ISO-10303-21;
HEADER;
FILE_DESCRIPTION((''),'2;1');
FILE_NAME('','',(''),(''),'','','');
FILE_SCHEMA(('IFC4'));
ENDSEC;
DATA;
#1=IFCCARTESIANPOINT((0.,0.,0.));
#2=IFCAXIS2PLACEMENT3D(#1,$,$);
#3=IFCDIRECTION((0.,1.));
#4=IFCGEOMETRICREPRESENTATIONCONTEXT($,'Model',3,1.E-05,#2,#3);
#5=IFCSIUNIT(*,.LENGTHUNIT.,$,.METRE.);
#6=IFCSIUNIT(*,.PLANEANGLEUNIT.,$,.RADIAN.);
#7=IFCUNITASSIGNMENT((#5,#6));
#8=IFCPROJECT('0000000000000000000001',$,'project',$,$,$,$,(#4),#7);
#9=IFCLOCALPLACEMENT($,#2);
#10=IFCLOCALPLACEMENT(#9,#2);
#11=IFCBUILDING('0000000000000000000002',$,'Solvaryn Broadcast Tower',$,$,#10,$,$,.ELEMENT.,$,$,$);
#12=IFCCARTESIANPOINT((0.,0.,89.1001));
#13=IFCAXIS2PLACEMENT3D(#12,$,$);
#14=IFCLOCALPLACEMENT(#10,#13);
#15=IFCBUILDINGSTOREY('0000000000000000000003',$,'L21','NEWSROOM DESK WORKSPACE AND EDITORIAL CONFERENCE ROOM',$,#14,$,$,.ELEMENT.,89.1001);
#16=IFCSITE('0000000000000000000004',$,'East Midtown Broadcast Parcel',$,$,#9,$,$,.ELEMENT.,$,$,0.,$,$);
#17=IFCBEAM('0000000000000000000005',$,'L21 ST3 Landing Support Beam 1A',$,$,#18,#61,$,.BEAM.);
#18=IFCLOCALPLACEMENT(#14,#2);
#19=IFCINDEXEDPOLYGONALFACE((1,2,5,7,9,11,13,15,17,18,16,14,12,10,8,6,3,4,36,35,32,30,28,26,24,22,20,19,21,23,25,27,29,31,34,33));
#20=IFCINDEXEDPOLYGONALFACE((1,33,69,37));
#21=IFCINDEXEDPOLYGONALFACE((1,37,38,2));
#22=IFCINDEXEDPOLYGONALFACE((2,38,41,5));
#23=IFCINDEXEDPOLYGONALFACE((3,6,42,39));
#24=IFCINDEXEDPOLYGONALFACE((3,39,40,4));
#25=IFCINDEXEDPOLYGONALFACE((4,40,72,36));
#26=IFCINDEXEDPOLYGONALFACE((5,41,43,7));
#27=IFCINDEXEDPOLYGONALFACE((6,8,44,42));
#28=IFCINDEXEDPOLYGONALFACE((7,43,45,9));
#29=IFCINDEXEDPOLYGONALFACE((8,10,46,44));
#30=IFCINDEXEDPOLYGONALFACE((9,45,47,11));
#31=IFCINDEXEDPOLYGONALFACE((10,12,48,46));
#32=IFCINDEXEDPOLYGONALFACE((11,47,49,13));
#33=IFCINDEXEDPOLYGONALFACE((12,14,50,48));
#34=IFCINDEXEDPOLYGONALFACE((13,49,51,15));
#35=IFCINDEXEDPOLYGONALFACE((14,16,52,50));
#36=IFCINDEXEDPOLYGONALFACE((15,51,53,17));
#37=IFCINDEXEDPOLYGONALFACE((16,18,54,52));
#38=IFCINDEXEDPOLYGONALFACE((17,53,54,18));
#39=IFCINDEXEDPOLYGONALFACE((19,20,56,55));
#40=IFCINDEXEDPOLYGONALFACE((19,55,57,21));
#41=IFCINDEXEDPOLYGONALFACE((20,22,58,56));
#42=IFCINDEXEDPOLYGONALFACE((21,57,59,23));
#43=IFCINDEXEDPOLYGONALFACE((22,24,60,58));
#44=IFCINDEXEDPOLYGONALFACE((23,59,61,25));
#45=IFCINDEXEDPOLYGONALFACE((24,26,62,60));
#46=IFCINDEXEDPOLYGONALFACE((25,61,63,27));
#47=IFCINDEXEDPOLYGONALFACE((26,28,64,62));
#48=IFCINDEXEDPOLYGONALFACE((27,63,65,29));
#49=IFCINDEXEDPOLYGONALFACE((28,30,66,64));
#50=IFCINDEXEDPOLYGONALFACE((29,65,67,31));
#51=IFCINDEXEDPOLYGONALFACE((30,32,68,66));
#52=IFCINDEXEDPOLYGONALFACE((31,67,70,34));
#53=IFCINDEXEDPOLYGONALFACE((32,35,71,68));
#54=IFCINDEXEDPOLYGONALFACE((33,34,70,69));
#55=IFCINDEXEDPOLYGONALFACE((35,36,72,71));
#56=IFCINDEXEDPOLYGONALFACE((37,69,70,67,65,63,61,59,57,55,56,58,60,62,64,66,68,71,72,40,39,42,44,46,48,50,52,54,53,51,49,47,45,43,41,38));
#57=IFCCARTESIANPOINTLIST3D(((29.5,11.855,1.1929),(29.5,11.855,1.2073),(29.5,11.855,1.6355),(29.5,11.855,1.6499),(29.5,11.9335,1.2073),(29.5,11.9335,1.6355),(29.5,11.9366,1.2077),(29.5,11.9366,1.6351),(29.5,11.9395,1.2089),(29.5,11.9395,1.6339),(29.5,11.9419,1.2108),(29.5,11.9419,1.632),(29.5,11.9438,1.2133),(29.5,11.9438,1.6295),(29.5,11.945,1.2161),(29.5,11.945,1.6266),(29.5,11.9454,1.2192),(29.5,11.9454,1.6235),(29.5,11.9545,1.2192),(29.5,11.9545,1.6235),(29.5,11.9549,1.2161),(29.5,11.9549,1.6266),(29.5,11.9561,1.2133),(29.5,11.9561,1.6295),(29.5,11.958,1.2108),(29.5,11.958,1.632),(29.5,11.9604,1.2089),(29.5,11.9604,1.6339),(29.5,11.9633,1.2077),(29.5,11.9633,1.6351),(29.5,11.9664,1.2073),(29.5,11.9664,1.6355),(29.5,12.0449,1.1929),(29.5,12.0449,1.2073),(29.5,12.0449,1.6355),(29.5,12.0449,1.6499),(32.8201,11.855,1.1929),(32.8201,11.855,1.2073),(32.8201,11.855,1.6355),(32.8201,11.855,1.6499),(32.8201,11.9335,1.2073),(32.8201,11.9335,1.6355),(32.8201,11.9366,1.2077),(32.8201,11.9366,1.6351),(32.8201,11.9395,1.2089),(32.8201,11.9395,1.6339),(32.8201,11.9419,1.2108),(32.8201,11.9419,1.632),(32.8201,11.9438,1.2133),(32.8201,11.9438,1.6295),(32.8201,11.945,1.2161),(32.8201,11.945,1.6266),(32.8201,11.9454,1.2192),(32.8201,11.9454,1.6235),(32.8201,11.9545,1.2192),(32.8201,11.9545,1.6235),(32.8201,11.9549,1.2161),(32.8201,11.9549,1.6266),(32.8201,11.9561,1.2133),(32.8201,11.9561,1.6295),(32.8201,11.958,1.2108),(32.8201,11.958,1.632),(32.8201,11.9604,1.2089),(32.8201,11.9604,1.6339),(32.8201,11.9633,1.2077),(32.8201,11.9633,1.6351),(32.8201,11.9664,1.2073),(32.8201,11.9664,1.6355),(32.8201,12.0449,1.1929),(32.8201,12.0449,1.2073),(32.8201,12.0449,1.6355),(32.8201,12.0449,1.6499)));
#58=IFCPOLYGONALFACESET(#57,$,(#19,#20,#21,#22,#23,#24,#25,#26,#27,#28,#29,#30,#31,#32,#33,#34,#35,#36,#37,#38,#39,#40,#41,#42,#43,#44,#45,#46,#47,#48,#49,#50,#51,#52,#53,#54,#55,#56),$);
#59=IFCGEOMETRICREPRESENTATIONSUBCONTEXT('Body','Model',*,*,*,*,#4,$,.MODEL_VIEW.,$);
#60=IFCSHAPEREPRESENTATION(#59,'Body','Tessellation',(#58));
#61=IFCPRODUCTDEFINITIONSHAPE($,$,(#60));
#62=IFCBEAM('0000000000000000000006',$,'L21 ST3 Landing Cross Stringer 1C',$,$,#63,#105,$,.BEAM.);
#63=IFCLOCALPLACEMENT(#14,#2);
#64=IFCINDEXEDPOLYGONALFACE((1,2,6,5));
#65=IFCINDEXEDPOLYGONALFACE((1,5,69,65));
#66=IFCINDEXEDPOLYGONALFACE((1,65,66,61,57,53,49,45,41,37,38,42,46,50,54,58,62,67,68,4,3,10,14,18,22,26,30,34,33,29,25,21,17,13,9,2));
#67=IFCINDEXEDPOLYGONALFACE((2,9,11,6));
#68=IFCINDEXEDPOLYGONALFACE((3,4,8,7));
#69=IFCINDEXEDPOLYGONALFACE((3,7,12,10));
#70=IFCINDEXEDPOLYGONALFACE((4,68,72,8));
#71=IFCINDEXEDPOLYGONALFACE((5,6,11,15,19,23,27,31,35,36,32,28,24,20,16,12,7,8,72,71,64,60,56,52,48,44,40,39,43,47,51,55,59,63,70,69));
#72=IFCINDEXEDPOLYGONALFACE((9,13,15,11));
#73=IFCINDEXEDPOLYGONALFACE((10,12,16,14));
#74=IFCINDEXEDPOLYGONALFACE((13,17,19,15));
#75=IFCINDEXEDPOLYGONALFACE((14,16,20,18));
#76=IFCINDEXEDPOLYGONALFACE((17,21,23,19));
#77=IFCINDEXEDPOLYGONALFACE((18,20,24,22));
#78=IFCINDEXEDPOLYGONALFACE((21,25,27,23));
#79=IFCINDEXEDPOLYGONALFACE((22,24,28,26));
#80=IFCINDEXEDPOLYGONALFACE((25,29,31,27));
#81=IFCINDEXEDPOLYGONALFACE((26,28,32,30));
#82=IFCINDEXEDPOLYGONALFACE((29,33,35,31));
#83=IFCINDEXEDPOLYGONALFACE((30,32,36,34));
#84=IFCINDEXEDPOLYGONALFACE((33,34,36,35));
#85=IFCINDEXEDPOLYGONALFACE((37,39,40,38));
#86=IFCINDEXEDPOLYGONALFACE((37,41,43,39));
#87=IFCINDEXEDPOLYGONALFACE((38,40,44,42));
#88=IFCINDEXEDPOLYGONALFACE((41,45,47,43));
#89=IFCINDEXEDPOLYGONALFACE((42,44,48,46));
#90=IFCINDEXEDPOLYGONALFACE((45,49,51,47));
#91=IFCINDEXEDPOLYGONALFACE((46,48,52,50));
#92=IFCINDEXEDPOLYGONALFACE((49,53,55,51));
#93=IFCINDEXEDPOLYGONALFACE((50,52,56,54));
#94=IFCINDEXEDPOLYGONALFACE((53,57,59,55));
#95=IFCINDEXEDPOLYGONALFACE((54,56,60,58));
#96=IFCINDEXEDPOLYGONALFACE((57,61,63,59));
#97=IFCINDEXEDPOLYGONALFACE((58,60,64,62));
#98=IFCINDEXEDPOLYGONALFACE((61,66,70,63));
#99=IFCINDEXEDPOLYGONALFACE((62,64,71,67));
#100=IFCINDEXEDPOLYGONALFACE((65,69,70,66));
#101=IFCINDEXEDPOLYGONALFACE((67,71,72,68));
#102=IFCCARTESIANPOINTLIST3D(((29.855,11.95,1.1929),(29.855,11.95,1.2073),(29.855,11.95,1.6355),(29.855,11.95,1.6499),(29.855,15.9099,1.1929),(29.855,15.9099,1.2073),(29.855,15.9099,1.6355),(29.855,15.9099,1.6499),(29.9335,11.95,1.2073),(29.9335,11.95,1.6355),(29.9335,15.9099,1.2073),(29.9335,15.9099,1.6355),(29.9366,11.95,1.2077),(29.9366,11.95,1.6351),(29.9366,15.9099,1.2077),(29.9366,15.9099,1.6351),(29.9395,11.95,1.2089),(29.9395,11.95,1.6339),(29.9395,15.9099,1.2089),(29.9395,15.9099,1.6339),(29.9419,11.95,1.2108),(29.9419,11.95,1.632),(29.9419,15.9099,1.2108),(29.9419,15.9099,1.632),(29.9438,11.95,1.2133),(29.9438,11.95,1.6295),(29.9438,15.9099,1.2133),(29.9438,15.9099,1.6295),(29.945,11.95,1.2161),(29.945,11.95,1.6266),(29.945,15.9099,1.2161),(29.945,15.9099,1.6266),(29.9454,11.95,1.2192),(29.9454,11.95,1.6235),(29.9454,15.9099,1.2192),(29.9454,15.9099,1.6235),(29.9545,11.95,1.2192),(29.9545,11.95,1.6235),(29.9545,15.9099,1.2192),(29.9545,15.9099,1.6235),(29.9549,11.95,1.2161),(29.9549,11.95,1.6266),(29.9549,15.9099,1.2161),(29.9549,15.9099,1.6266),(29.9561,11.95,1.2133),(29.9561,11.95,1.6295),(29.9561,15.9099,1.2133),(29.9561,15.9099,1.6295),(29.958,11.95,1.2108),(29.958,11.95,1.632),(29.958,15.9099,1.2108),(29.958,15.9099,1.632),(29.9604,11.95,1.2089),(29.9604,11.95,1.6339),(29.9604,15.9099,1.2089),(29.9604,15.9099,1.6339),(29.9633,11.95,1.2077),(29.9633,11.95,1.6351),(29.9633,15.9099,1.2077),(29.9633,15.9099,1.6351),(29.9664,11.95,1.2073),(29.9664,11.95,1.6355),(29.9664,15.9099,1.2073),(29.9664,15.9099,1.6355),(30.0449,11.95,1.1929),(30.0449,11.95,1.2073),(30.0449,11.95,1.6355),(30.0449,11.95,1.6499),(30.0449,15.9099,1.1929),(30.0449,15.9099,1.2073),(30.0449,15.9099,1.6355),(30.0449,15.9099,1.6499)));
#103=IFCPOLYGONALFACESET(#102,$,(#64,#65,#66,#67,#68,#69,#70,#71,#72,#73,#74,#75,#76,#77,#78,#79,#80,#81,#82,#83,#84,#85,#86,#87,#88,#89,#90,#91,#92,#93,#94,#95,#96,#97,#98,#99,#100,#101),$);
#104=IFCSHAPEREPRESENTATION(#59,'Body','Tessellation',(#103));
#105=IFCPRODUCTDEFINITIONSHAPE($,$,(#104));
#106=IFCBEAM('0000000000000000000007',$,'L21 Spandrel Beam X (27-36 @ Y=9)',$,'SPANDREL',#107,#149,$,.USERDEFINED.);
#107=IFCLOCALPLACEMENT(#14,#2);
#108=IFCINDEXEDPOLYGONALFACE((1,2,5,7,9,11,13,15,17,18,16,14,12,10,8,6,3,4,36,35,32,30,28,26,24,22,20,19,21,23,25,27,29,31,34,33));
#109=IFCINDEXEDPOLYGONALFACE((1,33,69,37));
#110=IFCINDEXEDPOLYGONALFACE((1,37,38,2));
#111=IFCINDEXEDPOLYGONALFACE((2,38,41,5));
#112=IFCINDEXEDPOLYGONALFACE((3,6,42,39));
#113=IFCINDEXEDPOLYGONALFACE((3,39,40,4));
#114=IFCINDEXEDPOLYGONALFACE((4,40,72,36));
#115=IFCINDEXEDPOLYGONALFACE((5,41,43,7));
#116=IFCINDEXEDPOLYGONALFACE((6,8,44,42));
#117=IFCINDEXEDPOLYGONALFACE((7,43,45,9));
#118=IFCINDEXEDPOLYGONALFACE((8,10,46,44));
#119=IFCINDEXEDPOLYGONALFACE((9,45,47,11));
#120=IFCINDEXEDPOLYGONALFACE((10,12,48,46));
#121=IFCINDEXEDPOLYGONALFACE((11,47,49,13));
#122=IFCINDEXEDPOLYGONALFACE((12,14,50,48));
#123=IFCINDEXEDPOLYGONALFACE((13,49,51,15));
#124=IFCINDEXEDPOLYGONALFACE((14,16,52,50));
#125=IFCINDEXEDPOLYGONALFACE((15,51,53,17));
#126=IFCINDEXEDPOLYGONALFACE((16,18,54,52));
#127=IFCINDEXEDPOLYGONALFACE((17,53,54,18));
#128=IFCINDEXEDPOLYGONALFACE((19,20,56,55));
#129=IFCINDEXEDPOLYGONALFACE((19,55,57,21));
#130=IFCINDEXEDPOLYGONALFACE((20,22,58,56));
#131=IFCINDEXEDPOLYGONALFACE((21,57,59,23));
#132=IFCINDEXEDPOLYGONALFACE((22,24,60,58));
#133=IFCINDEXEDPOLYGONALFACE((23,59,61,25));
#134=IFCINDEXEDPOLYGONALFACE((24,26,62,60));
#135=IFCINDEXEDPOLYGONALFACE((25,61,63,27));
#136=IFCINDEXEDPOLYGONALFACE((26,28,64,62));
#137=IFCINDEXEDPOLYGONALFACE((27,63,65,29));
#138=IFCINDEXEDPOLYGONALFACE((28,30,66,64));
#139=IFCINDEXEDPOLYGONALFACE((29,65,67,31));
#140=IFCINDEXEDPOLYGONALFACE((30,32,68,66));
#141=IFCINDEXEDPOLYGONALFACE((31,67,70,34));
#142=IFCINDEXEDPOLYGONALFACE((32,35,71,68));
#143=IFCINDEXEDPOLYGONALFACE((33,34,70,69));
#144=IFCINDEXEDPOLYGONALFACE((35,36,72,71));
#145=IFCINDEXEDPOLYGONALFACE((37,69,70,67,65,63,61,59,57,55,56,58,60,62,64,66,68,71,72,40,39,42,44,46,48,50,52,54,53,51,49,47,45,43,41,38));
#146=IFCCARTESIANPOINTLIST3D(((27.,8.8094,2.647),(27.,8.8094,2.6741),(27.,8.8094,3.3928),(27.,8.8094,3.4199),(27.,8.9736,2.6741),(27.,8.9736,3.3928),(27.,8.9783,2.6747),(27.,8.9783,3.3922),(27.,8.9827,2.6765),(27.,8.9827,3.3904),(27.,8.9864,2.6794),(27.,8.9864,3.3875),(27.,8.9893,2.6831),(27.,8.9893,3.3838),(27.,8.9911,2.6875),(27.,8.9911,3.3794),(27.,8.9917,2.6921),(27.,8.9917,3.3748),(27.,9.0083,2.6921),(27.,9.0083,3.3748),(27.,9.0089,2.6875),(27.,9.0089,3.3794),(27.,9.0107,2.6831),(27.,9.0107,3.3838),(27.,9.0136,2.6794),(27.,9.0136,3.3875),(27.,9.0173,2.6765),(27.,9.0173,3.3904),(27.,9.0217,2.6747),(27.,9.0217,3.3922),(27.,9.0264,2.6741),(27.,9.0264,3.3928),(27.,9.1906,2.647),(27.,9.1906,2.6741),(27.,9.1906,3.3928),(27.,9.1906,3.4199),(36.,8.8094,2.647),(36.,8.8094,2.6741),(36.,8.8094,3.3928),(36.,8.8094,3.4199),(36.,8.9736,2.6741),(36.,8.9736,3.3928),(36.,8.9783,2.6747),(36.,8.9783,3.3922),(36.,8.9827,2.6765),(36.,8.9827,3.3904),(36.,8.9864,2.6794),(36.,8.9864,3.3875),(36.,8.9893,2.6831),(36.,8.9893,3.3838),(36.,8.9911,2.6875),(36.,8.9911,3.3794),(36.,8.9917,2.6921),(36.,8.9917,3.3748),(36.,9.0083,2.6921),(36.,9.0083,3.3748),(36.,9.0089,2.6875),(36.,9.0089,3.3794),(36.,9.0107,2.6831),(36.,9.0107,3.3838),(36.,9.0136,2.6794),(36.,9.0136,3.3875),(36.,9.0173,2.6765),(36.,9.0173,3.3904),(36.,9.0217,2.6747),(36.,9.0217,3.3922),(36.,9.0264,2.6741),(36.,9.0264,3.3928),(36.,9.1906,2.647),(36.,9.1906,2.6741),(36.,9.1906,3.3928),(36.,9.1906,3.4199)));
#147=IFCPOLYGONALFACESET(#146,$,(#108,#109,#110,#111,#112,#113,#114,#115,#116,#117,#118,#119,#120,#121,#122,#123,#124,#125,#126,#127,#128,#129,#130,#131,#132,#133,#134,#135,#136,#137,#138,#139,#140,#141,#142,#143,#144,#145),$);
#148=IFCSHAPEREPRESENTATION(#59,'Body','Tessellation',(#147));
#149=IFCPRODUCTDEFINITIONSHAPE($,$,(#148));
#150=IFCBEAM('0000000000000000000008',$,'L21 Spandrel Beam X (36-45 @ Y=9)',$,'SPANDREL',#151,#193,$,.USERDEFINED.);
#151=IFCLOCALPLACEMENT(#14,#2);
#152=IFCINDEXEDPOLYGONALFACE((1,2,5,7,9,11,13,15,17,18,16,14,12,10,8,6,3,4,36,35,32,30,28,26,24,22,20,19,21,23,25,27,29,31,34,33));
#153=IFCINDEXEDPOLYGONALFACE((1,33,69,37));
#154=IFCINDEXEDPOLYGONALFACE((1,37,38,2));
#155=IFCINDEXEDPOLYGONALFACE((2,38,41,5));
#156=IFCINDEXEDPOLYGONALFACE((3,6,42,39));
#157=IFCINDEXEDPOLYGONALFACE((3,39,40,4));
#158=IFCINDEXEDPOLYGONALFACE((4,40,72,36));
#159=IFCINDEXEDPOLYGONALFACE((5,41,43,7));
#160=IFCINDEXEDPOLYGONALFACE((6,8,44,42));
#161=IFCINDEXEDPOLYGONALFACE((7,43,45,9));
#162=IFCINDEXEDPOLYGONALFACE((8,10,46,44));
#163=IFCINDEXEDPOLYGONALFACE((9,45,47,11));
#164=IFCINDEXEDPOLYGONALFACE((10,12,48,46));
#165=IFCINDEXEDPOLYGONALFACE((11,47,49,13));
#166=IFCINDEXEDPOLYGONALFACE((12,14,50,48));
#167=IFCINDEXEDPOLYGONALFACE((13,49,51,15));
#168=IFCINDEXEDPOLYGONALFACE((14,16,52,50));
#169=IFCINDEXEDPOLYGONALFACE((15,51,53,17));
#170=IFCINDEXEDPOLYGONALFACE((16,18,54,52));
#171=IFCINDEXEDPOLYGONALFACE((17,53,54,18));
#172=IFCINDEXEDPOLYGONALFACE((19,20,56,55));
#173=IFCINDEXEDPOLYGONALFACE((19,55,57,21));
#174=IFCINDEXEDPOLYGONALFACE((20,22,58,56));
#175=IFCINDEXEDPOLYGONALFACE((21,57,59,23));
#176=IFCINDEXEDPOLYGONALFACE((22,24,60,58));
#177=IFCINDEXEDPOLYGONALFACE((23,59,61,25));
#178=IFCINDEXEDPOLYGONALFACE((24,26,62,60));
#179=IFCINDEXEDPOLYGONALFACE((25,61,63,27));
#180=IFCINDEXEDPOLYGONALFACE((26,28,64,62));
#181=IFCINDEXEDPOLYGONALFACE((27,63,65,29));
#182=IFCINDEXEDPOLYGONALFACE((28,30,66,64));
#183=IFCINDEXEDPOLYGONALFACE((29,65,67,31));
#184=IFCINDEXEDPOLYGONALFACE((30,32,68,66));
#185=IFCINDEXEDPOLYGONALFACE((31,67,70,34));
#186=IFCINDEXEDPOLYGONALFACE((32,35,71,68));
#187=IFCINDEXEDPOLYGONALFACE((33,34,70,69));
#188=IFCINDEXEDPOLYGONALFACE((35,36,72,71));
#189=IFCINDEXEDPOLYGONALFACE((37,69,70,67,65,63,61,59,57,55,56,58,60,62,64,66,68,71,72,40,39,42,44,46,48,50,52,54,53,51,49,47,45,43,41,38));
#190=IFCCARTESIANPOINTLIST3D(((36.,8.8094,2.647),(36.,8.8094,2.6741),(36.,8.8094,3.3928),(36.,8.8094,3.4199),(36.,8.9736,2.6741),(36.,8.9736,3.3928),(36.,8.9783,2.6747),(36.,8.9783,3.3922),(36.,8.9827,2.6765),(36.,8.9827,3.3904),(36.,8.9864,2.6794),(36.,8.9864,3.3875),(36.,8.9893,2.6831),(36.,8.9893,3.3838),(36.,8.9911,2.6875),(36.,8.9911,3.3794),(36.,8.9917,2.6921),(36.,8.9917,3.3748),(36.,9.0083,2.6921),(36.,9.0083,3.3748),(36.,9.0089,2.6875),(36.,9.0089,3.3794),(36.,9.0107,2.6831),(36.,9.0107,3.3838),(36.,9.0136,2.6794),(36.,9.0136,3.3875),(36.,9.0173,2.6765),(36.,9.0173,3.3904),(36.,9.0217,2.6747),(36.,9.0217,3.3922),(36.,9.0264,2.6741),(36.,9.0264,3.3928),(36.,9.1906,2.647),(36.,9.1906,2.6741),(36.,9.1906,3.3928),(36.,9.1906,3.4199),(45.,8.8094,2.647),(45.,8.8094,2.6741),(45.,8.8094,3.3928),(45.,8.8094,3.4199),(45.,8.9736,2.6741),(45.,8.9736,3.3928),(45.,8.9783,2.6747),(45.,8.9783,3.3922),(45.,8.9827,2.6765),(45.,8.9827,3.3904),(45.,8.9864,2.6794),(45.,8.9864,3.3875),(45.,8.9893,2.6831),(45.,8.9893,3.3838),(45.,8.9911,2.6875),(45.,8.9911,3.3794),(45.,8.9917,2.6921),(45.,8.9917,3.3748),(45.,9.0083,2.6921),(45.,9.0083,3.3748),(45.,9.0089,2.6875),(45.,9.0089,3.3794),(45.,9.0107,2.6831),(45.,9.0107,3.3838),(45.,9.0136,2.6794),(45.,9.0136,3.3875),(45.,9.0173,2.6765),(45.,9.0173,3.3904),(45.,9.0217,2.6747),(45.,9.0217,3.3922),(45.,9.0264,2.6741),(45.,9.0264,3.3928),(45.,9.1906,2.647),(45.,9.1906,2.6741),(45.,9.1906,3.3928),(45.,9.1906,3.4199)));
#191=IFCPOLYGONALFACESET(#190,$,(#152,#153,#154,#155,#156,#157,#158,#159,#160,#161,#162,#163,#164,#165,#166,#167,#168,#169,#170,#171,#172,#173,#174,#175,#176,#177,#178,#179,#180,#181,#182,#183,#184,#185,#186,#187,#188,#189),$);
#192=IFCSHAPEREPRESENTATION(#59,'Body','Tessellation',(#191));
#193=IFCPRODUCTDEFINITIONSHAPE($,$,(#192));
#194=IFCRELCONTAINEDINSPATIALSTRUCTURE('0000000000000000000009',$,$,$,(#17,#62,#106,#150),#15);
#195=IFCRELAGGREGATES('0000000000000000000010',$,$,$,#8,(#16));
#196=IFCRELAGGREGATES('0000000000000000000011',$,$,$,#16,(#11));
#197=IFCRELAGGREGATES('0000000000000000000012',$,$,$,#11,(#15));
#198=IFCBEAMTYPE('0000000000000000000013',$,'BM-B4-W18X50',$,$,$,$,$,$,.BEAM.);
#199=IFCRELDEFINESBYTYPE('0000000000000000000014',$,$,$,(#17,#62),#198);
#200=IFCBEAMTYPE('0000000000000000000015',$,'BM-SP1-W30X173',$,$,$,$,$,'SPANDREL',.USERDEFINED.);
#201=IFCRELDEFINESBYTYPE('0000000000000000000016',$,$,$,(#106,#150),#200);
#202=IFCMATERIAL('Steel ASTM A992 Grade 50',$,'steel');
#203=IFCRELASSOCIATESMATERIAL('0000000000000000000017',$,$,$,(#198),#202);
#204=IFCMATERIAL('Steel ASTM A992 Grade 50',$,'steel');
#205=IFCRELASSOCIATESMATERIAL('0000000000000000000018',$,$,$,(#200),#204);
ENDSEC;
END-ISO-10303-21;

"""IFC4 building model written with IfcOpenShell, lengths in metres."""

from ifc_helpers import new_model, si_unit, direction, frame, origin, origin_2d, place, context, subcontext, project, spatial, i_section, extrude, material, material_profile, profile_set, type_object, element, save


model = new_model("IFC4")

# Units and contexts
model_context = context("Model", 3, precision=1e-05, world=origin(), true_north=direction((0.0, 1.0)))
body_context = subcontext(model_context, "Body", "Model", "MODEL_VIEW")
ifc_project = project(units=[si_unit("LENGTHUNIT", "METRE"), si_unit("PLANEANGLEUNIT", "RADIAN")], contexts=[model_context])

# Site, building, storey
site_placement = place(None, origin())
site = spatial("IfcSite", under=ifc_project, at=site_placement, Name="East Midtown Broadcast Parcel", CompositionType="ELEMENT", RefElevation=0.0)
building_placement = place(site_placement, origin())
building = spatial("IfcBuilding", under=site, at=building_placement, Name="Solvaryn Broadcast Tower", CompositionType="ELEMENT")
storey_placement = place(building_placement, frame((0.0, 0.0, 89.1001)))
storey = spatial("IfcBuildingStorey", under=building, at=storey_placement, Name="L21", Description="NEWSROOM DESK WORKSPACE AND EDITORIAL CONFERENCE ROOM", CompositionType="ELEMENT", Elevation=89.1001)

# Beams
ifc_material_1 = material(Name="Steel ASTM A992 Grade 50", Category="steel")
ifc_material_profile_1 = material_profile(ifc_material_1, i_section(OverallWidth=0.1899, OverallDepth=0.457, WebThickness=0.009, FlangeThickness=0.0144, FilletRadius=0.012, at=origin_2d()))
ifc_profile_set_1 = profile_set([ifc_material_profile_1], Name="Steel ASTM A992 Grade 50")
beam_type_1 = type_object("IfcBeamType", Name="BM-B4-W18X50", PredefinedType="BEAM", material=ifc_profile_set_1)
beam_1_placement = place(storey_placement, frame((29.5, 11.95, 1.4214), z_axis=(1.0, 0.0, 0.0), x_axis=(0.0, 1.0, 0.0)))
element("IfcBeam", 1, at=beam_1_placement, inside=storey, type_object=beam_type_1, Name="L21 ST3 Landing Support Beam 1A", PredefinedType="BEAM", context=body_context, shape_type="SweptSolid", body=[
    extrude(i_section(OverallWidth=0.1899, OverallDepth=0.457, WebThickness=0.009, FlangeThickness=0.0144, FilletRadius=0.012, at=origin_2d()), origin(), (0.0, 0.0, 1.0), 3.3201),
])
beam_2_placement = place(storey_placement, frame((29.95, 11.95, 1.4214), z_axis=(0.0, 1.0, 0.0), x_axis=(-1.0, 0.0, 0.0)))
element("IfcBeam", 2, at=beam_2_placement, inside=storey, type_object=beam_type_1, Name="L21 ST3 Landing Cross Stringer 1C", PredefinedType="BEAM", context=body_context, shape_type="SweptSolid", body=[
    extrude(i_section(OverallWidth=0.1899, OverallDepth=0.457, WebThickness=0.009, FlangeThickness=0.0144, FilletRadius=0.012, at=origin_2d()), origin(), (0.0, 0.0, 1.0), 3.96),
])
ifc_material_2 = material(Name="Steel ASTM A992 Grade 50", Category="steel")
ifc_material_profile_2 = material_profile(ifc_material_2, i_section(OverallWidth=0.3811, OverallDepth=0.7729, WebThickness=0.0166, FlangeThickness=0.0271, FilletRadius=0.0181, at=origin_2d()))
ifc_profile_set_2 = profile_set([ifc_material_profile_2], Name="Steel ASTM A992 Grade 50")
beam_type_2 = type_object("IfcBeamType", Name="BM-SP1-W30X173", ElementType="SPANDREL", PredefinedType="USERDEFINED", material=ifc_profile_set_2)
for number, where, z_axis, x_axis, name in (
    (3, (27.0, 9.0, 3.0334), (1.0, 0.0, 0.0), (0.0, 1.0, 0.0), "L21 Spandrel Beam X (27-36 @ Y=9)"),
    (4, (36.0, 9.0, 3.0334), (1.0, 0.0, 0.0), (0.0, 1.0, 0.0), "L21 Spandrel Beam X (36-45 @ Y=9)"),
):
    element("IfcBeam", number, at=place(storey_placement, frame(where, z_axis=z_axis, x_axis=x_axis)), inside=storey, type_object=beam_type_2, Name=name, ObjectType="SPANDREL", PredefinedType="USERDEFINED", context=body_context, shape_type="SweptSolid", body=[
        extrude(i_section(OverallWidth=0.3811, OverallDepth=0.7729, WebThickness=0.0166, FlangeThickness=0.0271, FilletRadius=0.0181, at=origin_2d()), origin(), (0.0, 0.0, 1.0), 9.0),
    ])

save(model, "model.ifc")
